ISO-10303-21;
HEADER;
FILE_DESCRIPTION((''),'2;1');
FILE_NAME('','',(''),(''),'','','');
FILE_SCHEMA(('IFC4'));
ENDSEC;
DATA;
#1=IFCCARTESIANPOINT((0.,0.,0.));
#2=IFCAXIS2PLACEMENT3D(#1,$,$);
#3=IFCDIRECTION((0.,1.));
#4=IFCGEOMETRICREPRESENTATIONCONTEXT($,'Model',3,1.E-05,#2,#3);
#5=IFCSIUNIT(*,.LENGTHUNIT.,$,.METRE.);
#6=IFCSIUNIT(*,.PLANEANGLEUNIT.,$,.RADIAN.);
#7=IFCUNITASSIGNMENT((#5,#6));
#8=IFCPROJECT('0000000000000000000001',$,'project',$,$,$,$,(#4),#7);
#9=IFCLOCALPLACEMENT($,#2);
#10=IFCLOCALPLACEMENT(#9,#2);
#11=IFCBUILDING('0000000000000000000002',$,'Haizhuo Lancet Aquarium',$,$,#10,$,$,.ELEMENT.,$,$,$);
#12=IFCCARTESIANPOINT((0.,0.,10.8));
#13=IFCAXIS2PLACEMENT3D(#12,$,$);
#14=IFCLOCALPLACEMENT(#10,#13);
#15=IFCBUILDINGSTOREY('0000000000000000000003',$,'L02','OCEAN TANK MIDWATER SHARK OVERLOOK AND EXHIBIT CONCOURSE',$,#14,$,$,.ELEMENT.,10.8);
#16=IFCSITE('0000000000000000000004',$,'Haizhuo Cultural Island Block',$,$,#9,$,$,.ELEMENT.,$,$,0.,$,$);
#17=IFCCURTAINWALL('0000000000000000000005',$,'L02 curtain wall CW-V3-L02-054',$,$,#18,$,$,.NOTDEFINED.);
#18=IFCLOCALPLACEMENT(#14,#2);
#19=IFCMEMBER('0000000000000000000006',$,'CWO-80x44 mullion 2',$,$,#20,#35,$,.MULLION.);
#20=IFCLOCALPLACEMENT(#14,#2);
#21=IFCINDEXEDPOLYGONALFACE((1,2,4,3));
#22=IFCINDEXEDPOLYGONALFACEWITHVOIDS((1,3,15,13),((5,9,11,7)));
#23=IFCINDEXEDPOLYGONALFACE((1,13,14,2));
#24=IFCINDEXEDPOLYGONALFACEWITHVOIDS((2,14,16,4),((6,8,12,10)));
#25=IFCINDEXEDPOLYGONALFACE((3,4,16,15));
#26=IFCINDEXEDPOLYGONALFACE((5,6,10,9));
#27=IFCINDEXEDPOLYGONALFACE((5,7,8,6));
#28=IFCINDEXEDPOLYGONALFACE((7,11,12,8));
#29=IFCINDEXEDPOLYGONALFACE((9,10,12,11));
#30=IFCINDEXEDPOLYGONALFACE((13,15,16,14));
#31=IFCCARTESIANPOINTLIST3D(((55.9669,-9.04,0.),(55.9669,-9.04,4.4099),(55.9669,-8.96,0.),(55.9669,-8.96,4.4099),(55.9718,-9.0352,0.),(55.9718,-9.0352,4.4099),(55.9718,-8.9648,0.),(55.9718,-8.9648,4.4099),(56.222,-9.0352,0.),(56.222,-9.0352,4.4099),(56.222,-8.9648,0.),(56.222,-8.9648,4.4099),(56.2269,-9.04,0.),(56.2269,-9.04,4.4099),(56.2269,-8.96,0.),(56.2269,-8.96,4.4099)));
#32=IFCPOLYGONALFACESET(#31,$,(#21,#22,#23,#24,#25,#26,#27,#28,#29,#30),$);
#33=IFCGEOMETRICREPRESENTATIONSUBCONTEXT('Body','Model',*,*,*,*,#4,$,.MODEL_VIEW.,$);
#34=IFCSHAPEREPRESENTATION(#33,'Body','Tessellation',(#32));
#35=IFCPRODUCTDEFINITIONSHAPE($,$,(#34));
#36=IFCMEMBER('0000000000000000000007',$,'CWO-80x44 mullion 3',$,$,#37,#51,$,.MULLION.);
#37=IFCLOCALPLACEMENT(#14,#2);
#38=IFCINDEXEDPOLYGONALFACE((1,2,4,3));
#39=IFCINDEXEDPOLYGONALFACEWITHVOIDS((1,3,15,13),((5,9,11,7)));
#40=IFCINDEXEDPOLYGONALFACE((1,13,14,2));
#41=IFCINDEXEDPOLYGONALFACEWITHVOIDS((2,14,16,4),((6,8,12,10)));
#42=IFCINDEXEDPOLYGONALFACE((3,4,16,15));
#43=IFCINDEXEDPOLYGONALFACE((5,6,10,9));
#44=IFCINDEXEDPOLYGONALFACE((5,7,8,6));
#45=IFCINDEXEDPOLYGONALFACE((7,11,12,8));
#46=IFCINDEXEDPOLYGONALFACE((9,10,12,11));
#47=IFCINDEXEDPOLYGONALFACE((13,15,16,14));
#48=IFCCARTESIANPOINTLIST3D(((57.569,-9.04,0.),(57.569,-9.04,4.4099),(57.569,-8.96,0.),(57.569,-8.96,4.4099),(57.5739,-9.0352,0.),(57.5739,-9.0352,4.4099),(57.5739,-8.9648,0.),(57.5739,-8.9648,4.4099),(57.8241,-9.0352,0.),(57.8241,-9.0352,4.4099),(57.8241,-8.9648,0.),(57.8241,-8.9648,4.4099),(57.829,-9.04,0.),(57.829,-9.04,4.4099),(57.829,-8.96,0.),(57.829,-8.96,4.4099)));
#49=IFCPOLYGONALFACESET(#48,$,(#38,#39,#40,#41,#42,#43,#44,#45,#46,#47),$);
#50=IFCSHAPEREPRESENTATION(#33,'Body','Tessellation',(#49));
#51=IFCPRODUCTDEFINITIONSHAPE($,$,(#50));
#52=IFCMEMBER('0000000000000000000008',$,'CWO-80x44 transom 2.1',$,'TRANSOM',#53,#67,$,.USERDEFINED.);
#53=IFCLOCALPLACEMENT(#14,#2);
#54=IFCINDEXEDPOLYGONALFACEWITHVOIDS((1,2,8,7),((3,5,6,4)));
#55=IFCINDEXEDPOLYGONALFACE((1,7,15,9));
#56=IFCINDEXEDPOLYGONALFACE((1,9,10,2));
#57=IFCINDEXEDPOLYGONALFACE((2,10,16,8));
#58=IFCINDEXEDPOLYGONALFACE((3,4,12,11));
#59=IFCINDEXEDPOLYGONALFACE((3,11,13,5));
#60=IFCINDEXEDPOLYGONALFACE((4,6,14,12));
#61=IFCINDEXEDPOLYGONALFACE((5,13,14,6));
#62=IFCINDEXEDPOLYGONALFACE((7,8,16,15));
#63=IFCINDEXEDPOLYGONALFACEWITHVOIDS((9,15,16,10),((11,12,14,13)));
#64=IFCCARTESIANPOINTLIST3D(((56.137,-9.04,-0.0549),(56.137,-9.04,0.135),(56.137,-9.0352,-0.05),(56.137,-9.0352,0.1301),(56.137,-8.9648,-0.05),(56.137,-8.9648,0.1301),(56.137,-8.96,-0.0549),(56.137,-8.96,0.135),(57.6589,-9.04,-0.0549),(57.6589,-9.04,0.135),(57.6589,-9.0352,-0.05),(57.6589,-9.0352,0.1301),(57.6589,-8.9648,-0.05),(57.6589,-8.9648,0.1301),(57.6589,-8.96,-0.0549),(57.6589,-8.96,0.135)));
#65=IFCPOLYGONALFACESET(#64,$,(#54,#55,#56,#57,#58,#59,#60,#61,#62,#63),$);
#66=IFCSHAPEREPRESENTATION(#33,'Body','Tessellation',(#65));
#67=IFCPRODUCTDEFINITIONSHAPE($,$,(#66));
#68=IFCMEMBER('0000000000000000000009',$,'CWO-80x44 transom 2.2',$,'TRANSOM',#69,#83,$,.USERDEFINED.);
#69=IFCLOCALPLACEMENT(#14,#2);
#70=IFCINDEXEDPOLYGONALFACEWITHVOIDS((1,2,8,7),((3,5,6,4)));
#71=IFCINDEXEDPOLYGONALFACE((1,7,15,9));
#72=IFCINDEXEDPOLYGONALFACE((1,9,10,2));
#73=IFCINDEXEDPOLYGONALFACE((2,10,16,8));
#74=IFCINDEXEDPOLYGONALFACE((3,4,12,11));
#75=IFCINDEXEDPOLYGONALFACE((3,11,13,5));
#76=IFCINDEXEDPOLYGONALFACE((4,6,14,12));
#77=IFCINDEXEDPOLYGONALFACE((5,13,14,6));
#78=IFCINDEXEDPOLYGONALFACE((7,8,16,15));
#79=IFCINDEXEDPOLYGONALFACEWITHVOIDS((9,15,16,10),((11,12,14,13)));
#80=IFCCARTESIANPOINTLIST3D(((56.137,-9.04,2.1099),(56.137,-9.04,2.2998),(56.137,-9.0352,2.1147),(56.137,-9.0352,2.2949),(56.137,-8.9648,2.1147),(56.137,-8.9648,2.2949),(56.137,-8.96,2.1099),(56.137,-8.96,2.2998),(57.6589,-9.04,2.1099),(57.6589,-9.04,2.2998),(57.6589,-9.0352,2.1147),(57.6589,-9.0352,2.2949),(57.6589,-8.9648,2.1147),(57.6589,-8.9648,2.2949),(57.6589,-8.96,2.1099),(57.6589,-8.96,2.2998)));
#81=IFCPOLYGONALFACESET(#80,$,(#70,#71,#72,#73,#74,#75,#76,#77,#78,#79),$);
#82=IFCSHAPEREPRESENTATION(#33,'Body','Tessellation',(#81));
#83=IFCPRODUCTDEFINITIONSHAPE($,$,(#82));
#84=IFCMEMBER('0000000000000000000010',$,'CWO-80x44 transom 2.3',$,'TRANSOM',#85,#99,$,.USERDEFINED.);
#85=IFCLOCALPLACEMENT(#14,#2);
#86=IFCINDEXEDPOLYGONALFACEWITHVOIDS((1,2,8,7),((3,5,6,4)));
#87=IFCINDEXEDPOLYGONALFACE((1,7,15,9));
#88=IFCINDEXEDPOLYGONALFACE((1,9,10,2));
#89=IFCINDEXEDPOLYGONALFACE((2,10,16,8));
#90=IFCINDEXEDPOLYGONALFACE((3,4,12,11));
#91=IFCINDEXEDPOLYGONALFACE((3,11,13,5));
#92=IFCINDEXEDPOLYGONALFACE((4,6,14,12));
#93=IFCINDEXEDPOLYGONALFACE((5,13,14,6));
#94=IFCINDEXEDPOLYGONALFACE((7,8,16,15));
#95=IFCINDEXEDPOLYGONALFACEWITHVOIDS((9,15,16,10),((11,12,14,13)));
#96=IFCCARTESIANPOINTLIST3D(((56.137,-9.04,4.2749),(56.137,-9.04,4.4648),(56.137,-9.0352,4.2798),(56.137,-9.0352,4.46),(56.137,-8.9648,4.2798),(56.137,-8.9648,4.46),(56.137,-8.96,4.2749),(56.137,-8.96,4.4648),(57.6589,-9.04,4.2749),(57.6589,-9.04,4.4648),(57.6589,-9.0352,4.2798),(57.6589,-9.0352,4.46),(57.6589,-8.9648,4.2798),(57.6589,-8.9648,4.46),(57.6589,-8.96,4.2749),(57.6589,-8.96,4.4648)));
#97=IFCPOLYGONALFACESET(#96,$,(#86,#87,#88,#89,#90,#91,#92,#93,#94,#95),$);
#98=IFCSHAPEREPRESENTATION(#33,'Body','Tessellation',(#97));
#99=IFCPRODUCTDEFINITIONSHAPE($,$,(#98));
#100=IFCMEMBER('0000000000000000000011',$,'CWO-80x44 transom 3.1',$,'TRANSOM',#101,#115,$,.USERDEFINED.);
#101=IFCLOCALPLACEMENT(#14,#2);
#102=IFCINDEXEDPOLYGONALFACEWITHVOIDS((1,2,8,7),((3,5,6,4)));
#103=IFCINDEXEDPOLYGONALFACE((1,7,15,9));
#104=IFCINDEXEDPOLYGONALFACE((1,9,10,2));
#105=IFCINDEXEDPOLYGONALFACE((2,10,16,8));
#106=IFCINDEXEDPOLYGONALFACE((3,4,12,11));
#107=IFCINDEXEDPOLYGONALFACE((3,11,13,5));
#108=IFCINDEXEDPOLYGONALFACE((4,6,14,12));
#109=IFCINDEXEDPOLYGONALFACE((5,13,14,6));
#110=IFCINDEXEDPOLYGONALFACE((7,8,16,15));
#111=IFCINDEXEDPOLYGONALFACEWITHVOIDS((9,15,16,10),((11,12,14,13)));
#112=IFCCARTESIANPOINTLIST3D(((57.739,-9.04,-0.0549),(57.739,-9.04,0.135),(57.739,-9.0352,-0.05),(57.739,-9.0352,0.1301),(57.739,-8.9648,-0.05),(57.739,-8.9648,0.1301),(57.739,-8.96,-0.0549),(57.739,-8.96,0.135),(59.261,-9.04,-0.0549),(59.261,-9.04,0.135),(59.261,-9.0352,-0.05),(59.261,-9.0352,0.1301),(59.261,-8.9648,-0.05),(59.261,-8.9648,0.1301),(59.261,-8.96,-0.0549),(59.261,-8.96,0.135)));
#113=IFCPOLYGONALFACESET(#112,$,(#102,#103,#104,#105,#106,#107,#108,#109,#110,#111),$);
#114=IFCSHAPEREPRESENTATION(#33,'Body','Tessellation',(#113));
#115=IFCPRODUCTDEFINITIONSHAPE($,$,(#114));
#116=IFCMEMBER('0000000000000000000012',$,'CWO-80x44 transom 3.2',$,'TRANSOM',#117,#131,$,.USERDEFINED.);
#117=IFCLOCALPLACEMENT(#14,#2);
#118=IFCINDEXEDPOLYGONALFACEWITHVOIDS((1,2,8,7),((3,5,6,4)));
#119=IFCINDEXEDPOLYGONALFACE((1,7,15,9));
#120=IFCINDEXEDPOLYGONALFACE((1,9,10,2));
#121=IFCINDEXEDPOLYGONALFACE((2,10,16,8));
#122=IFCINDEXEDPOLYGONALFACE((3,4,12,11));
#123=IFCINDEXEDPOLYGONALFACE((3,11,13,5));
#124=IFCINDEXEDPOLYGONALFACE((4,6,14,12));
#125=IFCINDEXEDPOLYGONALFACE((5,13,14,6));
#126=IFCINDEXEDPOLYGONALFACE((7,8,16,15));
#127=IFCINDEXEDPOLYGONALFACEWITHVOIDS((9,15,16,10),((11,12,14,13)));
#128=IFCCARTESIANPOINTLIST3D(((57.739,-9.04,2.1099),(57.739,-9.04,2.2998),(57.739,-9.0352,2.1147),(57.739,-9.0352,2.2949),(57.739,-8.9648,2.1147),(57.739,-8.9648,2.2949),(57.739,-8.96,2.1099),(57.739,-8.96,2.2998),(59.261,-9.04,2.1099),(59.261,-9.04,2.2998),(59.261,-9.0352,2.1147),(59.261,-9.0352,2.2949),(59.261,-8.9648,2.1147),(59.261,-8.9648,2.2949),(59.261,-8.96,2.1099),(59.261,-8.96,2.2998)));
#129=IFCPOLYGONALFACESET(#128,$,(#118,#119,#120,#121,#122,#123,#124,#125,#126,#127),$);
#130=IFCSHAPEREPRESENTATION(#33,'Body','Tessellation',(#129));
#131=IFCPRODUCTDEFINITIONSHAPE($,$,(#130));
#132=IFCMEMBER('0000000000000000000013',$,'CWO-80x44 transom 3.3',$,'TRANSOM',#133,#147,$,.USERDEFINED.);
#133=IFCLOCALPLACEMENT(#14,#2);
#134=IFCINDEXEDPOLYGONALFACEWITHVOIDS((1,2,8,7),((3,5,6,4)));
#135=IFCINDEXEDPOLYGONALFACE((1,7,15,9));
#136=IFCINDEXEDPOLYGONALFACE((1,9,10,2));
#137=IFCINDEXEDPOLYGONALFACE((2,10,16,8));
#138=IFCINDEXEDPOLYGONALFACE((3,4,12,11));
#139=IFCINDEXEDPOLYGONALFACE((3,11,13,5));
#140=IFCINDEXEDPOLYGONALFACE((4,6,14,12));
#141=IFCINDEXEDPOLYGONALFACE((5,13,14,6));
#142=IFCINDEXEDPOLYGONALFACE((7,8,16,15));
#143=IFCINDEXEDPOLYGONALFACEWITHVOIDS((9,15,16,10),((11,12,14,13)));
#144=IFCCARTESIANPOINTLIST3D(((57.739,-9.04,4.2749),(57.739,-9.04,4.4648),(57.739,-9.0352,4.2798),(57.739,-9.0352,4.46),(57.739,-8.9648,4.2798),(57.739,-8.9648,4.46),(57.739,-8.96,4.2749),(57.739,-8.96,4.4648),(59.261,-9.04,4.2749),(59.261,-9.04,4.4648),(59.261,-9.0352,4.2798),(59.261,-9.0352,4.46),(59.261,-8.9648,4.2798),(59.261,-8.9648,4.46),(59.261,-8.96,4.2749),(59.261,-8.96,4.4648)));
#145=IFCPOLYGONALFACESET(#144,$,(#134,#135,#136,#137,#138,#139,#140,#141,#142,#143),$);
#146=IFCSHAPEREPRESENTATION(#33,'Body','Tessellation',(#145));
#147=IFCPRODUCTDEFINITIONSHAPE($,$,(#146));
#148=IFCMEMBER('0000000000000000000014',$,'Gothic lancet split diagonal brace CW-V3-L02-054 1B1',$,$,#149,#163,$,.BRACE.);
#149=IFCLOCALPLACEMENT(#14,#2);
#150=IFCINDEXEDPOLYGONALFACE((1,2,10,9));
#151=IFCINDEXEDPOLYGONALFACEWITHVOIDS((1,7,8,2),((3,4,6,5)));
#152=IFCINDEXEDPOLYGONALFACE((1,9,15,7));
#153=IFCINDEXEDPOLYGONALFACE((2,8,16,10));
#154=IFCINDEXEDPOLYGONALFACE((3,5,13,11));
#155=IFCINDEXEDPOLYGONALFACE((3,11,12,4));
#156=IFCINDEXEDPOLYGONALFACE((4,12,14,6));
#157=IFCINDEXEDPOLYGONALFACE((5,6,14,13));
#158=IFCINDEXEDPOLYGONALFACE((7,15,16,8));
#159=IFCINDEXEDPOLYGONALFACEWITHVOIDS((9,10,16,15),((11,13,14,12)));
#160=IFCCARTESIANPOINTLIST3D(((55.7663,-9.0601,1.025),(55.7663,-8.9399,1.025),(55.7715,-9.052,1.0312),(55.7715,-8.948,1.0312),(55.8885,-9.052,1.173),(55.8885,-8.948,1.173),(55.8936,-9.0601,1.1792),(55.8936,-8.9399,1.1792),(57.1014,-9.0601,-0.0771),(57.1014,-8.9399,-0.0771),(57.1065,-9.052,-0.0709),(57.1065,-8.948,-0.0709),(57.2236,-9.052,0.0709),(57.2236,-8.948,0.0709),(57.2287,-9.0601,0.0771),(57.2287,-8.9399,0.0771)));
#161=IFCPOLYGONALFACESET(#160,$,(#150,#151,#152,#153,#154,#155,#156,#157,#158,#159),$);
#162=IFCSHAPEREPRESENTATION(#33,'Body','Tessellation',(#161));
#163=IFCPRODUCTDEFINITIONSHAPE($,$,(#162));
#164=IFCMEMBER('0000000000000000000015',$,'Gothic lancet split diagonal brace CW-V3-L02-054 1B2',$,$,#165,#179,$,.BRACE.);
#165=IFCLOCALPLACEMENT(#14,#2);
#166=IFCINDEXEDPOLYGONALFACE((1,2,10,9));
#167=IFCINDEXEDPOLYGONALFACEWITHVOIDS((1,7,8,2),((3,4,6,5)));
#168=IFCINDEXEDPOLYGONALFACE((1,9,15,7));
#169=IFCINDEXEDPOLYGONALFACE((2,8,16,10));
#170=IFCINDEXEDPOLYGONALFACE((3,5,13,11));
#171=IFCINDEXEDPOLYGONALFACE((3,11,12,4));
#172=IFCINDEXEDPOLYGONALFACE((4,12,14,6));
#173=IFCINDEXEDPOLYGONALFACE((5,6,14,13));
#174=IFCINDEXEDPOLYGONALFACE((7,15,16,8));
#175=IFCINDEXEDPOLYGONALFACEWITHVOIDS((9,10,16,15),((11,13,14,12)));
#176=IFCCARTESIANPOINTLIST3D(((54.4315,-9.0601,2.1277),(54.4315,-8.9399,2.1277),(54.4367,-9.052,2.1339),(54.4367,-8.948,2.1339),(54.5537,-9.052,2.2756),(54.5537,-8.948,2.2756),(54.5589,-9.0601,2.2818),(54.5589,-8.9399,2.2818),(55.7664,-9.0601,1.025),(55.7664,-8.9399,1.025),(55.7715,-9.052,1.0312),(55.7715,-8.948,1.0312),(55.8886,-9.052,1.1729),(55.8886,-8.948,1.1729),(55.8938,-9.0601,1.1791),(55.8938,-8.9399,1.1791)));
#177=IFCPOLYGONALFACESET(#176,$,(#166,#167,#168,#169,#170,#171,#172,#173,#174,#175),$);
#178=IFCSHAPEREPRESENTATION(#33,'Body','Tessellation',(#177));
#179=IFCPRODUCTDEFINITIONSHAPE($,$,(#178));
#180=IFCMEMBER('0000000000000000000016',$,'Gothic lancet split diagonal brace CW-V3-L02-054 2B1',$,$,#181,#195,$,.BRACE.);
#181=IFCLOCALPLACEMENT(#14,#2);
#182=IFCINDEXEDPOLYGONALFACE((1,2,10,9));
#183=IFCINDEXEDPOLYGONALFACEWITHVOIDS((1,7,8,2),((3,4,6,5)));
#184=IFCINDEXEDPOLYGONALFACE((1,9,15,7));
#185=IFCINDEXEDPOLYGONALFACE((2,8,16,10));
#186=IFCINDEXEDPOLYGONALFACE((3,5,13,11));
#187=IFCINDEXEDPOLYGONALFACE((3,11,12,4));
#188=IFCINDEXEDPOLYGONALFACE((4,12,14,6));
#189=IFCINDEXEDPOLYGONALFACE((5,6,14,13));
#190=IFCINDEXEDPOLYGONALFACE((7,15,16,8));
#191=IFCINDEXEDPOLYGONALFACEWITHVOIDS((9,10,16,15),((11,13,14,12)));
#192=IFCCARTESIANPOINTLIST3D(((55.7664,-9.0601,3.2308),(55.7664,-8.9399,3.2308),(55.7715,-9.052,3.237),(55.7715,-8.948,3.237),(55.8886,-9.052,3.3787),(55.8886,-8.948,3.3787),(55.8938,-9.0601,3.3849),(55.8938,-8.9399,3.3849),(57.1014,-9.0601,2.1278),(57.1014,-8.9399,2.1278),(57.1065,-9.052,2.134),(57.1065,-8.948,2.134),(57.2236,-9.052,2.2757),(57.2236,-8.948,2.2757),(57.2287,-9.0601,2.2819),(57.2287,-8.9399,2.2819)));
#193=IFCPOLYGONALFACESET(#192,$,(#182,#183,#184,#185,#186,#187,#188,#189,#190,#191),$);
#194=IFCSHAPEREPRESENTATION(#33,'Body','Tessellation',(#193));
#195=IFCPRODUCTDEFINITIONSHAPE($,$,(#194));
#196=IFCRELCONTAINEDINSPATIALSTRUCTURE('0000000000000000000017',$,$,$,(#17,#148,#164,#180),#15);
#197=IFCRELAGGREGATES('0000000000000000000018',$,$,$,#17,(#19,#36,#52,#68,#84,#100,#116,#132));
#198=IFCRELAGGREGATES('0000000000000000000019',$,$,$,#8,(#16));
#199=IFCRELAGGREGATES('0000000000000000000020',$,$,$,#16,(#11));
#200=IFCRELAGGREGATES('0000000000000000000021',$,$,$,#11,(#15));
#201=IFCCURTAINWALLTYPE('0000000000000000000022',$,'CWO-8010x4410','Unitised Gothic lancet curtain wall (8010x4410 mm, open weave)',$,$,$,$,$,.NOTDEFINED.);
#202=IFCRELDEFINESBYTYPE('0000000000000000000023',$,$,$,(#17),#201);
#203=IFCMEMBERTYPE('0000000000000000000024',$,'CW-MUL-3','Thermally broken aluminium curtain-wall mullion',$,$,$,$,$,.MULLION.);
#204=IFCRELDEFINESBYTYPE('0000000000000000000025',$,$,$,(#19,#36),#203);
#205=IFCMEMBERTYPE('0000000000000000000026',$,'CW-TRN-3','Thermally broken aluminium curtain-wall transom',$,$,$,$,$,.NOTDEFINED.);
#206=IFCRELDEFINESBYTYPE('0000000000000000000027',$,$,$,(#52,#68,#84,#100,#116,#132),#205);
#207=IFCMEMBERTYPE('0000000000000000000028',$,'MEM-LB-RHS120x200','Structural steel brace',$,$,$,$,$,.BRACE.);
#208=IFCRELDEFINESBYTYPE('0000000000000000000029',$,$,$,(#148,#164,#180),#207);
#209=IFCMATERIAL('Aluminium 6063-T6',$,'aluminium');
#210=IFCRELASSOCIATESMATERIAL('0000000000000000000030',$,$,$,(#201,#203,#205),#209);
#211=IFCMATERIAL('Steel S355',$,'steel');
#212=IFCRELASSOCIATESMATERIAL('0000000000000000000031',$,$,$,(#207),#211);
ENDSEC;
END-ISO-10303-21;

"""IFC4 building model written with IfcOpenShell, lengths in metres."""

from ifc_helpers import new_model, si_unit, direction, frame, origin, origin_2d, place, context, subcontext, project, spatial, hollow_rectangle, extrude, material, material_profile, profile_set, type_object, element, aggregate, save


model = new_model("IFC4")

# Units and contexts
model_context = context("Model", 3, precision=1e-05, world=origin(), true_north=direction((0.0, 1.0)))
body_context = subcontext(model_context, "Body", "Model", "MODEL_VIEW")
ifc_project = project(units=[si_unit("LENGTHUNIT", "METRE"), si_unit("PLANEANGLEUNIT", "RADIAN")], contexts=[model_context])

# Site, building, storey
site_placement = place(None, origin())
site = spatial("IfcSite", under=ifc_project, at=site_placement, Name="Haizhuo Cultural Island Block", CompositionType="ELEMENT", RefElevation=0.0)
building_placement = place(site_placement, origin())
building = spatial("IfcBuilding", under=site, at=building_placement, Name="Haizhuo Lancet Aquarium", CompositionType="ELEMENT")
storey_placement = place(building_placement, frame((0.0, 0.0, 10.8)))
storey = spatial("IfcBuildingStorey", under=building, at=storey_placement, Name="L02", Description="OCEAN TANK MIDWATER SHARK OVERLOOK AND EXHIBIT CONCOURSE", CompositionType="ELEMENT", Elevation=10.8)

# Curtain wall, members
ifc_material_1 = material(Name="Aluminium 6063-T6", Category="aluminium")
curtain_wall_type = type_object("IfcCurtainWallType", Name="CWO-8010x4410", Description="Unitised Gothic lancet curtain wall (8010x4410 mm, open weave)", PredefinedType="NOTDEFINED", material=ifc_material_1)
curtain_wall_placement = place(storey_placement, origin())
curtain_wall = element("IfcCurtainWall", 1, at=curtain_wall_placement, inside=storey, type_object=curtain_wall_type, Name="L02 curtain wall CW-V3-L02-054", PredefinedType="NOTDEFINED")
ifc_material_profile_1 = material_profile(ifc_material_1, hollow_rectangle(XDim=0.0801, YDim=0.26, WallThickness=0.0049, at=origin_2d()), Name="ALU-M 80x260x5")
ifc_profile_set_1 = profile_set([ifc_material_profile_1], Name="Aluminium 6063-T6")
member_type_1 = type_object("IfcMemberType", Name="CW-MUL-3", Description="Thermally broken aluminium curtain-wall mullion", PredefinedType="MULLION", material=ifc_profile_set_1)
member_1_placement = place(storey_placement, frame((56.0969, -9.0, 0.0), z_axis=(0.0, 0.0, 1.0), x_axis=(0.0, 1.0, 0.0)))
member_1 = element("IfcMember", 2, at=member_1_placement, type_object=member_type_1, Name="CWO-80x44 mullion 2", PredefinedType="MULLION", context=body_context, shape_type="SweptSolid", body=[
    extrude(hollow_rectangle(XDim=0.0801, YDim=0.26, WallThickness=0.0049, at=origin_2d()), origin(), (0.0, 0.0, 1.0), 4.4099),
])
member_2_placement = place(storey_placement, frame((57.699, -9.0, 0.0), z_axis=(0.0, 0.0, 1.0), x_axis=(0.0, 1.0, 0.0)))
member_2 = element("IfcMember", 3, at=member_2_placement, type_object=member_type_1, Name="CWO-80x44 mullion 3", PredefinedType="MULLION", context=body_context, shape_type="SweptSolid", body=[
    extrude(hollow_rectangle(XDim=0.0801, YDim=0.26, WallThickness=0.0049, at=origin_2d()), origin(), (0.0, 0.0, 1.0), 4.4099),
])
ifc_material_profile_2 = material_profile(ifc_material_1, hollow_rectangle(XDim=0.0801, YDim=0.1899, WallThickness=0.0049, at=origin_2d()), Name="ALU-T 80x190x5")
ifc_profile_set_2 = profile_set([ifc_material_profile_2], Name="Aluminium 6063-T6")
member_type_2 = type_object("IfcMemberType", Name="CW-TRN-3", Description="Thermally broken aluminium curtain-wall transom", PredefinedType="NOTDEFINED", material=ifc_profile_set_2)
member_3_placement = place(storey_placement, frame((56.137, -9.0, 0.04), z_axis=(1.0, 0.0, 0.0), x_axis=(0.0, 1.0, 0.0)))
member_3 = element("IfcMember", 4, at=member_3_placement, type_object=member_type_2, Name="CWO-80x44 transom 2.1", ObjectType="TRANSOM", PredefinedType="USERDEFINED", context=body_context, shape_type="SweptSolid", body=[
    extrude(hollow_rectangle(XDim=0.0801, YDim=0.1899, WallThickness=0.0049, at=origin_2d()), origin(), (0.0, 0.0, 1.0), 1.522),
])
member_4_placement = place(storey_placement, frame((56.137, -9.0, 2.2048), z_axis=(1.0, 0.0, 0.0), x_axis=(0.0, 1.0, 0.0)))
member_4 = element("IfcMember", 5, at=member_4_placement, type_object=member_type_2, Name="CWO-80x44 transom 2.2", ObjectType="TRANSOM", PredefinedType="USERDEFINED", context=body_context, shape_type="SweptSolid", body=[
    extrude(hollow_rectangle(XDim=0.0801, YDim=0.1899, WallThickness=0.0049, at=origin_2d()), origin(), (0.0, 0.0, 1.0), 1.522),
])
member_5_placement = place(storey_placement, frame((56.137, -9.0, 4.3699), z_axis=(1.0, 0.0, 0.0), x_axis=(0.0, 1.0, 0.0)))
member_5 = element("IfcMember", 6, at=member_5_placement, type_object=member_type_2, Name="CWO-80x44 transom 2.3", ObjectType="TRANSOM", PredefinedType="USERDEFINED", context=body_context, shape_type="SweptSolid", body=[
    extrude(hollow_rectangle(XDim=0.0801, YDim=0.1899, WallThickness=0.0049, at=origin_2d()), origin(), (0.0, 0.0, 1.0), 1.522),
])
member_6_placement = place(storey_placement, frame((57.739, -9.0, 0.04), z_axis=(1.0, 0.0, 0.0), x_axis=(0.0, 1.0, 0.0)))
member_6 = element("IfcMember", 7, at=member_6_placement, type_object=member_type_2, Name="CWO-80x44 transom 3.1", ObjectType="TRANSOM", PredefinedType="USERDEFINED", context=body_context, shape_type="SweptSolid", body=[
    extrude(hollow_rectangle(XDim=0.0801, YDim=0.1899, WallThickness=0.0049, at=origin_2d()), origin(), (0.0, 0.0, 1.0), 1.522),
])
member_7_placement = place(storey_placement, frame((57.739, -9.0, 2.2048), z_axis=(1.0, 0.0, 0.0), x_axis=(0.0, 1.0, 0.0)))
member_7 = element("IfcMember", 8, at=member_7_placement, type_object=member_type_2, Name="CWO-80x44 transom 3.2", ObjectType="TRANSOM", PredefinedType="USERDEFINED", context=body_context, shape_type="SweptSolid", body=[
    extrude(hollow_rectangle(XDim=0.0801, YDim=0.1899, WallThickness=0.0049, at=origin_2d()), origin(), (0.0, 0.0, 1.0), 1.522),
])
member_8_placement = place(storey_placement, frame((57.739, -9.0, 4.3699), z_axis=(1.0, 0.0, 0.0), x_axis=(0.0, 1.0, 0.0)))
member_8 = element("IfcMember", 9, at=member_8_placement, type_object=member_type_2, Name="CWO-80x44 transom 3.3", ObjectType="TRANSOM", PredefinedType="USERDEFINED", context=body_context, shape_type="SweptSolid", body=[
    extrude(hollow_rectangle(XDim=0.0801, YDim=0.1899, WallThickness=0.0049, at=origin_2d()), origin(), (0.0, 0.0, 1.0), 1.522),
])

# Members
ifc_material_2 = material(Name="Steel S355", Category="steel")
ifc_material_profile_3 = material_profile(ifc_material_2, hollow_rectangle(XDim=0.1201, YDim=0.2, WallThickness=0.0081, at=origin_2d()), Name="RHS 120x200x8")
ifc_profile_set_3 = profile_set([ifc_material_profile_3], Name="Steel S355")
member_type_3 = type_object("IfcMemberType", Name="MEM-LB-RHS120x200", Description="Structural steel brace", PredefinedType="BRACE", material=ifc_profile_set_3)
member_9_placement = place(storey_placement, frame((57.165, -9.0, 0.0), z_axis=(-0.771172, 0.0, 0.636626), x_axis=(0.0, -1.0, 0.0)))
element("IfcMember", 10, at=member_9_placement, inside=storey, type_object=member_type_3, Name="Gothic lancet split diagonal brace CW-V3-L02-054 1B1", PredefinedType="BRACE", context=body_context, shape_type="SweptSolid", body=[
    extrude(hollow_rectangle(XDim=0.1201, YDim=0.2, WallThickness=0.0081, at=origin_2d()), origin(), (0.0, 0.0, 1.0), 1.7312),
])
member_10_placement = place(storey_placement, frame((55.8301, -9.0, 1.1021), z_axis=(-0.770965, 0.0, 0.636878), x_axis=(0.0, -1.0, 0.0)))
element("IfcMember", 11, at=member_10_placement, inside=storey, type_object=member_type_3, Name="Gothic lancet split diagonal brace CW-V3-L02-054 1B2", PredefinedType="BRACE", context=body_context, shape_type="SweptSolid", body=[
    extrude(hollow_rectangle(XDim=0.1201, YDim=0.2, WallThickness=0.0081, at=origin_2d()), origin(), (0.0, 0.0, 1.0), 1.7314),
])
member_11_placement = place(storey_placement, frame((57.165, -9.0, 2.2048), z_axis=(-0.770896, 0.0, 0.636962), x_axis=(0.0, -1.0, 0.0)))
element("IfcMember", 12, at=member_11_placement, inside=storey, type_object=member_type_3, Name="Gothic lancet split diagonal brace CW-V3-L02-054 2B1", PredefinedType="BRACE", context=body_context, shape_type="SweptSolid", body=[
    extrude(hollow_rectangle(XDim=0.1201, YDim=0.2, WallThickness=0.0081, at=origin_2d()), origin(), (0.0, 0.0, 1.0), 1.7317),
])

aggregate(curtain_wall, [member_1, member_2, member_3, member_4, member_5, member_6, member_7, member_8])

save(model, "model.ifc")
